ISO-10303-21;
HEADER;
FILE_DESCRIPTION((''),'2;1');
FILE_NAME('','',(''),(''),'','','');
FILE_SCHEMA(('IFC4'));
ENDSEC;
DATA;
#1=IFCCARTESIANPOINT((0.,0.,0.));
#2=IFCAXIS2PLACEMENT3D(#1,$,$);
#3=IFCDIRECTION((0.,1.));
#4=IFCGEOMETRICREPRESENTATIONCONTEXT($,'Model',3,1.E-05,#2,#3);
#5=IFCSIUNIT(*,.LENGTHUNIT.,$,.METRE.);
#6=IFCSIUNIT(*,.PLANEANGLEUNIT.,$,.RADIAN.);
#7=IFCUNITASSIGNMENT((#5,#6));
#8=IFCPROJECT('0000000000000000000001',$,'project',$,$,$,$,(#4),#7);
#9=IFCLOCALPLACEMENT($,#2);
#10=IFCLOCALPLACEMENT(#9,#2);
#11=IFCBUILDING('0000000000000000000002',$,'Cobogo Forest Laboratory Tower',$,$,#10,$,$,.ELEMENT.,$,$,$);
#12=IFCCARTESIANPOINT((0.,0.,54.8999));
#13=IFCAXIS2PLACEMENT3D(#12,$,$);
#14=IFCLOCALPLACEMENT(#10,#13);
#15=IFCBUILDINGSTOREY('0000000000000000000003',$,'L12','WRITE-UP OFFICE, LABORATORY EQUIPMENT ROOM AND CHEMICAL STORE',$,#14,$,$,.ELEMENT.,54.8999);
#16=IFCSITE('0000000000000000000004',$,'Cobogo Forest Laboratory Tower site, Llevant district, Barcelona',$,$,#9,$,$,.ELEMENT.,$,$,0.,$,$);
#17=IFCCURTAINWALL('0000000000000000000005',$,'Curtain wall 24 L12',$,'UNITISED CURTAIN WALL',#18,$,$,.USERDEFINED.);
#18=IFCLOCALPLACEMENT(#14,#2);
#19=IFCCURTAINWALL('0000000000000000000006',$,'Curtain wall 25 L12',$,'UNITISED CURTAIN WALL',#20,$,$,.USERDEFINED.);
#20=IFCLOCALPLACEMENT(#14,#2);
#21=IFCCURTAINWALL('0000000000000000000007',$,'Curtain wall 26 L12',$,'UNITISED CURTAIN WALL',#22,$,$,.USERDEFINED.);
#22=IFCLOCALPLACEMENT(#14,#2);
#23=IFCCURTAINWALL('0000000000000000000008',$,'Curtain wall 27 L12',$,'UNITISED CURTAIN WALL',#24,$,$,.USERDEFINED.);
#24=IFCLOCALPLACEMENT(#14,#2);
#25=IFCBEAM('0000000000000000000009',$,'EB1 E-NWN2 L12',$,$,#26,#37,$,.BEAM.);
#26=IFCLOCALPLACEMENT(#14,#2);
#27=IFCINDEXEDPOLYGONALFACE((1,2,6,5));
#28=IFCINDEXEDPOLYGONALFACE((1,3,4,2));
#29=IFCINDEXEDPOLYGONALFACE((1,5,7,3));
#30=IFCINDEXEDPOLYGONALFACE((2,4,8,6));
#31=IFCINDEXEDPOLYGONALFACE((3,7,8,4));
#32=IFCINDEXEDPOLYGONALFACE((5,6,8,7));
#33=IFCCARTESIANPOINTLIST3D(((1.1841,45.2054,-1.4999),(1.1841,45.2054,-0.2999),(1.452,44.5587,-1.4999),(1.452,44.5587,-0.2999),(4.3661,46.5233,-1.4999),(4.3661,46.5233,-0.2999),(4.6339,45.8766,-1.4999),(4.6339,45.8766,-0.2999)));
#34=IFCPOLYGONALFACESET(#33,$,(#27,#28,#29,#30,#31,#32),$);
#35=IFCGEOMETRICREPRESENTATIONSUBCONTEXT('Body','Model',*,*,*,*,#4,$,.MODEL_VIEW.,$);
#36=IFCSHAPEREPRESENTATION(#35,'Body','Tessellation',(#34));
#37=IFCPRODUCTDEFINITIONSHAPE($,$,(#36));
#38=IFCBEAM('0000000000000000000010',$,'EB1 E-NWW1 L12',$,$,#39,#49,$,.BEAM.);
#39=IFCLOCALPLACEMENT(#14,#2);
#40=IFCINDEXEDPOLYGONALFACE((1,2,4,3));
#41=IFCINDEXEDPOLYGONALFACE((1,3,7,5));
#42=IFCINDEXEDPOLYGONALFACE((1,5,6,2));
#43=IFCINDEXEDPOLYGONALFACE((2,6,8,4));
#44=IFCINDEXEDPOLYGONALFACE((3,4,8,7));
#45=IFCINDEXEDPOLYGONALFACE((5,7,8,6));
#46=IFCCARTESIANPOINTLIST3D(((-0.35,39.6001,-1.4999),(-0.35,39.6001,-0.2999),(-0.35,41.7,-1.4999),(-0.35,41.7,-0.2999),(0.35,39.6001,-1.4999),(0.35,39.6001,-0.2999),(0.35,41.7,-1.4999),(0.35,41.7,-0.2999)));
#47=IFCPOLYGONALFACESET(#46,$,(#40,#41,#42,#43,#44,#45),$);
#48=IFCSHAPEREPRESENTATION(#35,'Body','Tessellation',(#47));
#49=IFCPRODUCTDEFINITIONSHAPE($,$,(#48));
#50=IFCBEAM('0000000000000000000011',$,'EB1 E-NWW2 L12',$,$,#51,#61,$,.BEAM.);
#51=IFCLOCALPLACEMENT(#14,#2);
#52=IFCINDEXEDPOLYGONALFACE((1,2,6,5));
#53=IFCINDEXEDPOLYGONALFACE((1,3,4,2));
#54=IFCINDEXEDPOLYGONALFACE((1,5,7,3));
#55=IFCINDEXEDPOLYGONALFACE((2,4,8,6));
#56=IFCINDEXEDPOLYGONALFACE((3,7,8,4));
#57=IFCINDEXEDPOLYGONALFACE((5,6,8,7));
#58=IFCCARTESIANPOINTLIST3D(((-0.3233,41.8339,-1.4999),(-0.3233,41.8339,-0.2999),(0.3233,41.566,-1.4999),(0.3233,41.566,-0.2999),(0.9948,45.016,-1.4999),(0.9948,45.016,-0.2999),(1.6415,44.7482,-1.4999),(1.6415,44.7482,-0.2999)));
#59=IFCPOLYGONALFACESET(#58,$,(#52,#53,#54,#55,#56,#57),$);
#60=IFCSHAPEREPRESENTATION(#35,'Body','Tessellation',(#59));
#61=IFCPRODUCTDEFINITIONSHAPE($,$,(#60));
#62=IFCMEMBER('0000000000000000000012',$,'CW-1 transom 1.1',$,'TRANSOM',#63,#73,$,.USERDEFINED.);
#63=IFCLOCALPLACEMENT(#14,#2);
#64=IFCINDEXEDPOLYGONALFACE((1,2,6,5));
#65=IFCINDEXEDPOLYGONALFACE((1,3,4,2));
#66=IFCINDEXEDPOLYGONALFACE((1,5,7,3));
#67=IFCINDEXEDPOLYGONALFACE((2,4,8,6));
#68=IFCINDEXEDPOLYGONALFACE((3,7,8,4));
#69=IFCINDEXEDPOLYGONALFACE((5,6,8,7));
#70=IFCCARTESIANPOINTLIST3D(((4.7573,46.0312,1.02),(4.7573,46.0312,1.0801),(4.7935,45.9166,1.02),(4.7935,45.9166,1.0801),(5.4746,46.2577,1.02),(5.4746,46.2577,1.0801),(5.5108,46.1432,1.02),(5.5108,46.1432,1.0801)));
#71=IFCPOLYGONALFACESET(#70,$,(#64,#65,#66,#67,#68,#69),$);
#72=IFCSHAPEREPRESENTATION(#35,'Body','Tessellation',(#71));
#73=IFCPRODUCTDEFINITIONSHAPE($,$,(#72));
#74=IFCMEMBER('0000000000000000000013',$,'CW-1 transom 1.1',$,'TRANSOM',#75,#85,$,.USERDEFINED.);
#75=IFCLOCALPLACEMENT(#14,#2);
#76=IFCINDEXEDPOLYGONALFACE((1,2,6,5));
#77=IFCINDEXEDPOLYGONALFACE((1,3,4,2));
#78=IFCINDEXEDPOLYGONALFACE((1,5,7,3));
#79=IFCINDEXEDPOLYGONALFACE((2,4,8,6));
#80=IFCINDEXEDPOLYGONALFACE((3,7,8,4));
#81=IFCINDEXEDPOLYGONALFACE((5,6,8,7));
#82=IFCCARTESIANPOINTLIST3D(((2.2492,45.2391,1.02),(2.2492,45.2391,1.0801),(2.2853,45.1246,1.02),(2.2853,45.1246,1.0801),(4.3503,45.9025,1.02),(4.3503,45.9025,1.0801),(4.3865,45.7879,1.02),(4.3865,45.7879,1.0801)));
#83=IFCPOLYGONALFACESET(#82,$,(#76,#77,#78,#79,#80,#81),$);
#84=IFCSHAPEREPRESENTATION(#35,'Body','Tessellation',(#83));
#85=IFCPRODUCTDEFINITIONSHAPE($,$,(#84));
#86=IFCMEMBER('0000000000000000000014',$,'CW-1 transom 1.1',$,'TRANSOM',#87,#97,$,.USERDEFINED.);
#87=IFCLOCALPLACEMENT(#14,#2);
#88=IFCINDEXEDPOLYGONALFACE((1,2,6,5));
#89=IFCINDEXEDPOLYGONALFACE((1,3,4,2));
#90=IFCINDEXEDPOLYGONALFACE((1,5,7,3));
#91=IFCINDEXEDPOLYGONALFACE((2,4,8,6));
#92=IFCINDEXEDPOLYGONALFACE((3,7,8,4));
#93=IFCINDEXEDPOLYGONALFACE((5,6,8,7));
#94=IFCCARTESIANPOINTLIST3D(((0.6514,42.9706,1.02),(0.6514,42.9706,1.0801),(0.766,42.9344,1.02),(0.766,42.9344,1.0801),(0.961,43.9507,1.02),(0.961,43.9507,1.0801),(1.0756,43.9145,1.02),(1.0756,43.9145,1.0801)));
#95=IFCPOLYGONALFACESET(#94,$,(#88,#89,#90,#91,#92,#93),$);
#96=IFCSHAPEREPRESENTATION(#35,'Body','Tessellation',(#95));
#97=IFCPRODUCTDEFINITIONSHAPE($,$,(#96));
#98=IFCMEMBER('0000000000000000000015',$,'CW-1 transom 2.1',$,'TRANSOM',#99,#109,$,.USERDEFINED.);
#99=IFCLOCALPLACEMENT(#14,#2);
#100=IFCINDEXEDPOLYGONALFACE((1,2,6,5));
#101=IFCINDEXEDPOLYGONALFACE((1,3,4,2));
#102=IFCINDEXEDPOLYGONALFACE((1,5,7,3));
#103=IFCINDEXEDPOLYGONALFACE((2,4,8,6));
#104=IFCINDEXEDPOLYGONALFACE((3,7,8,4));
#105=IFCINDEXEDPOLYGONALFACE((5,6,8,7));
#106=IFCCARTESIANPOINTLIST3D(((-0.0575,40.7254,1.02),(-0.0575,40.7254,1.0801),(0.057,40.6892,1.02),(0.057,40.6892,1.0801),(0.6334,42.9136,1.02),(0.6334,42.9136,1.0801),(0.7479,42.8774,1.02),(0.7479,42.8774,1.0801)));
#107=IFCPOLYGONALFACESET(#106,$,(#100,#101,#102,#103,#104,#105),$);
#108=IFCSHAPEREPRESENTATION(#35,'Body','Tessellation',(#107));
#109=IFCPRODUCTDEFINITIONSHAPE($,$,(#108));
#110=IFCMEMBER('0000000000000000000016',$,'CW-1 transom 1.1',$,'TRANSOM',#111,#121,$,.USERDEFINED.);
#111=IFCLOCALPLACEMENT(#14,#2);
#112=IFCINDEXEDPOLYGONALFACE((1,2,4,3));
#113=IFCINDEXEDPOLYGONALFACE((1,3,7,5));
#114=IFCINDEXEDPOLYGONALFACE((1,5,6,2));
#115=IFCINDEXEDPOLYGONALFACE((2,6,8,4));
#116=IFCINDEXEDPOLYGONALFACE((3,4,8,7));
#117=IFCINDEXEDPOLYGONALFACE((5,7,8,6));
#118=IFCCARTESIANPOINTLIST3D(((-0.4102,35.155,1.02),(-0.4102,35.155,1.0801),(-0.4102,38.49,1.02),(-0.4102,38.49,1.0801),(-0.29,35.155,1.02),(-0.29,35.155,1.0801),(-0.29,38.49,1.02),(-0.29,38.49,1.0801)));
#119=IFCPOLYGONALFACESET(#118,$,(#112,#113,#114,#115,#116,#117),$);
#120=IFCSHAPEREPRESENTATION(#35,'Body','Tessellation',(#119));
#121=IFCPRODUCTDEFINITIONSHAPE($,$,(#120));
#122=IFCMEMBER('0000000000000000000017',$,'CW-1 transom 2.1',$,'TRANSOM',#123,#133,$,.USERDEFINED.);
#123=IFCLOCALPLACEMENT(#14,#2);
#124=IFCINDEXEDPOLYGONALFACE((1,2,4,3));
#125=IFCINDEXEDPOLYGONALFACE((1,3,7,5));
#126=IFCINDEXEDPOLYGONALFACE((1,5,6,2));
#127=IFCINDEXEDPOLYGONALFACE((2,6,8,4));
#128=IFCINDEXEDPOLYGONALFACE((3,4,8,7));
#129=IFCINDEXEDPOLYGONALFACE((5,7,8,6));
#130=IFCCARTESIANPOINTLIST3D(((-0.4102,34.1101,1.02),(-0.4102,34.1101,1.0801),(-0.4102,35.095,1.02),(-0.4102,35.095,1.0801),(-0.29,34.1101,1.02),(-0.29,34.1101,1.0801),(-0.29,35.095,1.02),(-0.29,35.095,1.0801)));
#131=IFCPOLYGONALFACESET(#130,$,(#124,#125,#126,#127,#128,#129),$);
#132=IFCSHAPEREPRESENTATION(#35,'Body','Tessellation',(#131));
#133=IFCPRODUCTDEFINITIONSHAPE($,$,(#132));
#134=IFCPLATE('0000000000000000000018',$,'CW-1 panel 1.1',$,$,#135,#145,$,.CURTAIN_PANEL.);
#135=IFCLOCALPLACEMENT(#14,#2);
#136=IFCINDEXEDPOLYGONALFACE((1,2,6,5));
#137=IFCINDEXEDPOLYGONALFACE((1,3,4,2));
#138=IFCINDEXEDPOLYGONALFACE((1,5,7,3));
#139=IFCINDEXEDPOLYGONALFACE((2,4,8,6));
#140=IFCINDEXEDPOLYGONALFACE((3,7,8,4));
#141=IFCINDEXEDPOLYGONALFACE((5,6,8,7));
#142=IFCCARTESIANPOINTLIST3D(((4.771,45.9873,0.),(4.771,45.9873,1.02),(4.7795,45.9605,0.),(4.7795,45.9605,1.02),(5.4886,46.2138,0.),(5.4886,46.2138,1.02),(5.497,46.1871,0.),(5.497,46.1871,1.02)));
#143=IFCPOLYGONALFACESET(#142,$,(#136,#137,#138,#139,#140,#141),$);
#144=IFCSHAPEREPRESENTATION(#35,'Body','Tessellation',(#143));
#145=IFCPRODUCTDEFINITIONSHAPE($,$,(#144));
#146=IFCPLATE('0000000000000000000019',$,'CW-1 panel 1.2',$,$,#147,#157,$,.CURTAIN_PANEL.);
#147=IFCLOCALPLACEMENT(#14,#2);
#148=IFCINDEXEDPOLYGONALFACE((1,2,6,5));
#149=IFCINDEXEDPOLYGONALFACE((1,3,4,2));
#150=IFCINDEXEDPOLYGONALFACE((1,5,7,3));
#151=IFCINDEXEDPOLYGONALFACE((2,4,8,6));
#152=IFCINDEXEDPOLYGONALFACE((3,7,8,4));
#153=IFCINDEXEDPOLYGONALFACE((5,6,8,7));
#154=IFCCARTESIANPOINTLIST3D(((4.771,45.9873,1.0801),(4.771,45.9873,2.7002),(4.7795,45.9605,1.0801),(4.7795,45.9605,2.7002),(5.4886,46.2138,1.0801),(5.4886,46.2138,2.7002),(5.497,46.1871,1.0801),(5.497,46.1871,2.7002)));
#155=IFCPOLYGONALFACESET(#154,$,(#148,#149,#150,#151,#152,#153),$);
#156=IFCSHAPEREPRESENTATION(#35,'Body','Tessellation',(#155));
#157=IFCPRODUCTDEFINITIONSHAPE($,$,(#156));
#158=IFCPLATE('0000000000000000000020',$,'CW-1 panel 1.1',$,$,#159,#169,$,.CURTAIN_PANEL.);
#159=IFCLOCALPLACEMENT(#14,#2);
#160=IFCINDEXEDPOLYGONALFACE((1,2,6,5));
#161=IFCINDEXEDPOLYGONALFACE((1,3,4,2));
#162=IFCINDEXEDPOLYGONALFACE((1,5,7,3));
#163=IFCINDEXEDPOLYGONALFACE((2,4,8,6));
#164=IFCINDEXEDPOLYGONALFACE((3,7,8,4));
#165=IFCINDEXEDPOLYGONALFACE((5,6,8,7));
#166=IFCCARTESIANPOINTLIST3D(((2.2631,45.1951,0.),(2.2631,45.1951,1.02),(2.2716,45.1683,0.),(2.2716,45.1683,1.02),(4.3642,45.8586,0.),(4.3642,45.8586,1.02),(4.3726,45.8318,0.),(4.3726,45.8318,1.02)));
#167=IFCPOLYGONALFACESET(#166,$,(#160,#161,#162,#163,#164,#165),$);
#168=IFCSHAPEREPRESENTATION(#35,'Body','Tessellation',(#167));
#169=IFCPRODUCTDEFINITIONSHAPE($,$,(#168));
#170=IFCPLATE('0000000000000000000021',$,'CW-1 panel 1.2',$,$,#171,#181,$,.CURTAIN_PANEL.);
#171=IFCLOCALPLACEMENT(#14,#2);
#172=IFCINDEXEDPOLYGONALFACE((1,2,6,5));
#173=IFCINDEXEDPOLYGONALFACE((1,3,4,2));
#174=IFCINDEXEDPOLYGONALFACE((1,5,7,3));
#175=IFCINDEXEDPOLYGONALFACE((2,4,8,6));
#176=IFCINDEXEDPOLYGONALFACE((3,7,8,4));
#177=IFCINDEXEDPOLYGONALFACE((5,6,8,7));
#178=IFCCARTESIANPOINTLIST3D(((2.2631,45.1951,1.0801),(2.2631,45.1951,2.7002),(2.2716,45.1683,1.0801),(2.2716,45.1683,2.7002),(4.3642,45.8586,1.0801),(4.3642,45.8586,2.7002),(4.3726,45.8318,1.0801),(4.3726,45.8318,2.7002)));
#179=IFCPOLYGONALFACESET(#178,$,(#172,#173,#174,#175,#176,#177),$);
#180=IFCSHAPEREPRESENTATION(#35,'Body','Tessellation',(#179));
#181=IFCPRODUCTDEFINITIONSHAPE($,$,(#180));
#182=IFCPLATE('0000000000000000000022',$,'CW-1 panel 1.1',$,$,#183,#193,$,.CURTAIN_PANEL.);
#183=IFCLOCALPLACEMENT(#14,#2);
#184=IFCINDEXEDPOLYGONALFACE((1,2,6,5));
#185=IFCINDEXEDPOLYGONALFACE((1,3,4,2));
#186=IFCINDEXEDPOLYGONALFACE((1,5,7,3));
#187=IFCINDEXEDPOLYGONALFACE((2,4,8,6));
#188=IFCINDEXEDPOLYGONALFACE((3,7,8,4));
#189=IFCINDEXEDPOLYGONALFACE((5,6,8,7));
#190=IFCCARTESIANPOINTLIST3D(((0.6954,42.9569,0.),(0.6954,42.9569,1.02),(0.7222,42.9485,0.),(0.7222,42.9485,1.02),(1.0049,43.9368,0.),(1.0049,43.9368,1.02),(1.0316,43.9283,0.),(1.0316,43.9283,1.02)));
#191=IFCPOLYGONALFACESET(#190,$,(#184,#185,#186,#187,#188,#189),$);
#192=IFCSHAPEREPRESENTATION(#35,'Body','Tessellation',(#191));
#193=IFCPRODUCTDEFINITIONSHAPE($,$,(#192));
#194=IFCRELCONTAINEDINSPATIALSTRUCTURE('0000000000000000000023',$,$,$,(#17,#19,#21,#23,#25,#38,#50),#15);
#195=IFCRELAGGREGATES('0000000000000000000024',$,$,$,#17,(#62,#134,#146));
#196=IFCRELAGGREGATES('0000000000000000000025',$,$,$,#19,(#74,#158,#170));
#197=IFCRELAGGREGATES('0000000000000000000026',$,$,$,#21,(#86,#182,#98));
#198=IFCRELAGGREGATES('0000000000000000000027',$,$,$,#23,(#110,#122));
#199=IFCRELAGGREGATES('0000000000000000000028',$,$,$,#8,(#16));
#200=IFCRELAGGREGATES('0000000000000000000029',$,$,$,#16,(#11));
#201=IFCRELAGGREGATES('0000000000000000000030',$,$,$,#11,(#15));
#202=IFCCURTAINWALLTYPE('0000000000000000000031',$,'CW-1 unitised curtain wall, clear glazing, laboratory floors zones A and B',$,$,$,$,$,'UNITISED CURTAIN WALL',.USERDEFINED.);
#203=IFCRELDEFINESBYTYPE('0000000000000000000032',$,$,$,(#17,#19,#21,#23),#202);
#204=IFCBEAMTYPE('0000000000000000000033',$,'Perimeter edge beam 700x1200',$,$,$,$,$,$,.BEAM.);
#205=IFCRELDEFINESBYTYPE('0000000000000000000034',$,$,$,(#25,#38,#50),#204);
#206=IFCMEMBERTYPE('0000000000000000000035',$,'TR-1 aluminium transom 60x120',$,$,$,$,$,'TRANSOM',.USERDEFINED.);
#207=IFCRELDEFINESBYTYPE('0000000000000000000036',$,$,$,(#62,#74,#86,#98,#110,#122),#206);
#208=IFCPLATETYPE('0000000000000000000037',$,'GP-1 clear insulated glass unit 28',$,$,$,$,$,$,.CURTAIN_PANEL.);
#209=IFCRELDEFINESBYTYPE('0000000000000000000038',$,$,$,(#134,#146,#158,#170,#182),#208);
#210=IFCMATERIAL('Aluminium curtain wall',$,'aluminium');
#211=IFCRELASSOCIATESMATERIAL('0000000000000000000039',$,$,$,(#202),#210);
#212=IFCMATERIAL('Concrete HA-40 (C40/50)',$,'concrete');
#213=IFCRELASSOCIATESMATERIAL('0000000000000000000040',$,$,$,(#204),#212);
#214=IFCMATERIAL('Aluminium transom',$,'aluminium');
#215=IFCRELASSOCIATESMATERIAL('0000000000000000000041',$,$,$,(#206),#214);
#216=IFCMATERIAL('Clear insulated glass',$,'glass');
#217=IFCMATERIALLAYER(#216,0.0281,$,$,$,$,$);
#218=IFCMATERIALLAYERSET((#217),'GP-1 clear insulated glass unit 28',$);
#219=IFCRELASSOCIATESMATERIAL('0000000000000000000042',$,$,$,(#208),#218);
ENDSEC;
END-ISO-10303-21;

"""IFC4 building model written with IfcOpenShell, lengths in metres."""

from ifc_helpers import new_model, si_unit, direction, frame, origin, origin_2d, place, context, subcontext, project, spatial, rectangle, extrude, material, layer, layer_set, material_profile, profile_set, type_object, element, aggregate, save


model = new_model("IFC4")

# Units and contexts
model_context = context("Model", 3, precision=1e-05, world=origin(), true_north=direction((0.0, 1.0)))
body_context = subcontext(model_context, "Body", "Model", "MODEL_VIEW")
ifc_project = project(units=[si_unit("LENGTHUNIT", "METRE"), si_unit("PLANEANGLEUNIT", "RADIAN")], contexts=[model_context])

# Site, building, storey
site_placement = place(None, origin())
site = spatial("IfcSite", under=ifc_project, at=site_placement, Name="Cobogo Forest Laboratory Tower site, Llevant district, Barcelona", CompositionType="ELEMENT", RefElevation=0.0)
building_placement = place(site_placement, origin())
building = spatial("IfcBuilding", under=site, at=building_placement, Name="Cobogo Forest Laboratory Tower", CompositionType="ELEMENT")
storey_placement = place(building_placement, frame((0.0, 0.0, 54.8999)))
storey = spatial("IfcBuildingStorey", under=building, at=storey_placement, Name="L12", Description="WRITE-UP OFFICE, LABORATORY EQUIPMENT ROOM AND CHEMICAL STORE", CompositionType="ELEMENT", Elevation=54.8999)

# Curtain wall
ifc_material_1 = material(Name="Aluminium curtain wall", Category="aluminium")
curtain_wall_type = type_object("IfcCurtainWallType", Name="CW-1 unitised curtain wall, clear glazing, laboratory floors zones A and B", ElementType="UNITISED CURTAIN WALL", PredefinedType="USERDEFINED", material=ifc_material_1)
curtain_wall_1_placement = place(storey_placement, origin())
curtain_wall_1 = element("IfcCurtainWall", 1, at=curtain_wall_1_placement, inside=storey, type_object=curtain_wall_type, Name="Curtain wall 24 L12", ObjectType="UNITISED CURTAIN WALL", PredefinedType="USERDEFINED")

# Curtain walls
curtain_wall_2_placement = place(storey_placement, origin())
curtain_wall_2 = element("IfcCurtainWall", 2, at=curtain_wall_2_placement, inside=storey, type_object=curtain_wall_type, Name="Curtain wall 25 L12", ObjectType="UNITISED CURTAIN WALL", PredefinedType="USERDEFINED")
curtain_wall_3_placement = place(storey_placement, origin())
curtain_wall_3 = element("IfcCurtainWall", 3, at=curtain_wall_3_placement, inside=storey, type_object=curtain_wall_type, Name="Curtain wall 26 L12", ObjectType="UNITISED CURTAIN WALL", PredefinedType="USERDEFINED")
curtain_wall_4_placement = place(storey_placement, origin())
curtain_wall_4 = element("IfcCurtainWall", 4, at=curtain_wall_4_placement, inside=storey, type_object=curtain_wall_type, Name="Curtain wall 27 L12", ObjectType="UNITISED CURTAIN WALL", PredefinedType="USERDEFINED")

# Beams
ifc_material_2 = material(Name="Concrete HA-40 (C40/50)", Category="concrete")
ifc_material_profile_1 = material_profile(ifc_material_2, rectangle(XDim=0.7, YDim=1.2, at=origin_2d()), Name="RC 700x1200")
ifc_profile_set_1 = profile_set([ifc_material_profile_1], Name="Concrete HA-40 (C40/50)")
beam_type_1 = type_object("IfcBeamType", Name="Perimeter edge beam 700x1200", PredefinedType="BEAM", material=ifc_profile_set_1)
beam_1_placement = place(storey_placement, frame((4.5, 46.2, -0.8999), z_axis=(-0.923891, -0.382656, 0.0), x_axis=(0.382656, -0.923891, 0.0)))
element("IfcBeam", 5, at=beam_1_placement, inside=storey, type_object=beam_type_1, Name="EB1 E-NWN2 L12", PredefinedType="BEAM", context=body_context, shape_type="SweptSolid", body=[
    extrude(rectangle(XDim=0.7, YDim=1.2, at=origin_2d()), origin(), (0.0, 0.0, 1.0), 3.4441),
])
beam_2_placement = place(storey_placement, frame((0.0, 39.6001, -0.8999), z_axis=(0.0, 1.0, 0.0), x_axis=(-1.0, 0.0, 0.0)))
element("IfcBeam", 6, at=beam_2_placement, inside=storey, type_object=beam_type_1, Name="EB1 E-NWW1 L12", PredefinedType="BEAM", context=body_context, shape_type="SweptSolid", body=[
    extrude(rectangle(XDim=0.7, YDim=1.2, at=origin_2d()), origin(), (0.0, 0.0, 1.0), 2.0999),
])
beam_3_placement = place(storey_placement, frame((0.0, 41.7, -0.8999), z_axis=(0.382692, 0.923876, 0.0), x_axis=(-0.923876, 0.382692, 0.0)))
element("IfcBeam", 7, at=beam_3_placement, inside=storey, type_object=beam_type_1, Name="EB1 E-NWW2 L12", PredefinedType="BEAM", context=body_context, shape_type="SweptSolid", body=[
    extrude(rectangle(XDim=0.7, YDim=1.2, at=origin_2d()), origin(), (0.0, 0.0, 1.0), 3.4443),
])

# Members
ifc_material_3 = material(Name="Aluminium transom", Category="aluminium")
ifc_material_profile_2 = material_profile(ifc_material_3, rectangle(XDim=0.1201, YDim=0.0601, at=origin_2d()), Name="AL 60x120")
ifc_profile_set_2 = profile_set([ifc_material_profile_2], Name="Aluminium transom")
member_type_1 = type_object("IfcMemberType", Name="TR-1 aluminium transom 60x120", ElementType="TRANSOM", PredefinedType="USERDEFINED", material=ifc_profile_set_2)
member_1_placement = place(storey_placement, frame((5.4927, 46.2004, 1.05), z_axis=(-0.953563, -0.301194, 0.0), x_axis=(0.301194, -0.953563, 0.0)))
member_1 = element("IfcMember", 8, at=member_1_placement, type_object=member_type_1, Name="CW-1 transom 1.1", ObjectType="TRANSOM", PredefinedType="USERDEFINED", context=body_context, shape_type="SweptSolid", body=[
    extrude(rectangle(XDim=0.1201, YDim=0.0601, at=origin_2d()), origin(), (0.0, 0.0, 1.0), 0.7522),
])
member_2_placement = place(storey_placement, frame((4.3684, 45.8452, 1.05), z_axis=(-0.953604, -0.301062, 0.0), x_axis=(0.301062, -0.953604, 0.0)))
member_2 = element("IfcMember", 9, at=member_2_placement, type_object=member_type_1, Name="CW-1 transom 1.1", ObjectType="TRANSOM", PredefinedType="USERDEFINED", context=body_context, shape_type="SweptSolid", body=[
    extrude(rectangle(XDim=0.1201, YDim=0.0601, at=origin_2d()), origin(), (0.0, 0.0, 1.0), 2.2034),
])
member_3_placement = place(storey_placement, frame((1.0183, 43.9326, 1.05), z_axis=(-0.301222, -0.953554, 0.0), x_axis=(0.953554, -0.301222, 0.0)))
member_3 = element("IfcMember", 10, at=member_3_placement, type_object=member_type_1, Name="CW-1 transom 1.1", ObjectType="TRANSOM", PredefinedType="USERDEFINED", context=body_context, shape_type="SweptSolid", body=[
    extrude(rectangle(XDim=0.1201, YDim=0.0601, at=origin_2d()), origin(), (0.0, 0.0, 1.0), 1.0278),
])
member_4_placement = place(storey_placement, frame((0.6907, 42.8955, 1.05), z_axis=(-0.301091, -0.953596, 0.0), x_axis=(0.953596, -0.301091, 0.0)))
member_4 = element("IfcMember", 11, at=member_4_placement, type_object=member_type_1, Name="CW-1 transom 2.1", ObjectType="TRANSOM", PredefinedType="USERDEFINED", context=body_context, shape_type="SweptSolid", body=[
    extrude(rectangle(XDim=0.1201, YDim=0.0601, at=origin_2d()), origin(), (0.0, 0.0, 1.0), 2.2947),
])
member_5_placement = place(storey_placement, frame((-0.3501, 38.49, 1.05), z_axis=(0.0, -1.0, 0.0), x_axis=(1.0, 0.0, 0.0)))
member_5 = element("IfcMember", 12, at=member_5_placement, type_object=member_type_1, Name="CW-1 transom 1.1", ObjectType="TRANSOM", PredefinedType="USERDEFINED", context=body_context, shape_type="SweptSolid", body=[
    extrude(rectangle(XDim=0.1201, YDim=0.0601, at=origin_2d()), origin(), (0.0, 0.0, 1.0), 3.335),
])
member_6_placement = place(storey_placement, frame((-0.3501, 35.095, 1.05), z_axis=(0.0, -1.0, 0.0), x_axis=(1.0, 0.0, 0.0)))
member_6 = element("IfcMember", 13, at=member_6_placement, type_object=member_type_1, Name="CW-1 transom 2.1", ObjectType="TRANSOM", PredefinedType="USERDEFINED", context=body_context, shape_type="SweptSolid", body=[
    extrude(rectangle(XDim=0.1201, YDim=0.0601, at=origin_2d()), origin(), (0.0, 0.0, 1.0), 0.9849),
])

# Plates
ifc_material_4 = material(Name="Clear insulated glass", Category="glass")
ifc_layer_1 = layer(ifc_material_4, 0.0281)
ifc_layer_set_1 = layer_set([ifc_layer_1], Name="GP-1 clear insulated glass unit 28")
plate_type = type_object("IfcPlateType", Name="GP-1 clear insulated glass unit 28", PredefinedType="CURTAIN_PANEL", material=ifc_layer_set_1)
plate_1_placement = place(storey_placement, frame((5.134, 46.0872, 0.0), z_axis=(0.0, 0.0, 1.0), x_axis=(-0.953582, -0.301135, 0.0)))
plate_1 = element("IfcPlate", 14, at=plate_1_placement, type_object=plate_type, Name="CW-1 panel 1.1", PredefinedType="CURTAIN_PANEL", context=body_context, shape_type="SweptSolid", body=[
    extrude(rectangle(XDim=0.7524, YDim=0.0281, at=origin_2d()), origin(), (0.0, 0.0, 1.0), 1.02),
])
plate_2_placement = place(storey_placement, frame((5.134, 46.0872, 1.0801), z_axis=(0.0, 0.0, 1.0), x_axis=(-0.953582, -0.301135, 0.0)))
plate_2 = element("IfcPlate", 15, at=plate_2_placement, type_object=plate_type, Name="CW-1 panel 1.2", PredefinedType="CURTAIN_PANEL", context=body_context, shape_type="SweptSolid", body=[
    extrude(rectangle(XDim=0.7524, YDim=0.0281, at=origin_2d()), origin(), (0.0, 0.0, 1.0), 1.6201),
])
aggregate(curtain_wall_1, [member_1, plate_1, plate_2])
plate_3_placement = place(storey_placement, frame((3.3179, 45.5134, 0.0), z_axis=(0.0, 0.0, 1.0), x_axis=(-0.953581, -0.301135, 0.0)))
plate_3 = element("IfcPlate", 16, at=plate_3_placement, type_object=plate_type, Name="CW-1 panel 1.1", PredefinedType="CURTAIN_PANEL", context=body_context, shape_type="SweptSolid", body=[
    extrude(rectangle(XDim=2.2034, YDim=0.0281, at=origin_2d()), origin(), (0.0, 0.0, 1.0), 1.02),
])
plate_4_placement = place(storey_placement, frame((3.3179, 45.5134, 1.0801), z_axis=(0.0, 0.0, 1.0), x_axis=(-0.953581, -0.301135, 0.0)))
plate_4 = element("IfcPlate", 17, at=plate_4_placement, type_object=plate_type, Name="CW-1 panel 1.2", PredefinedType="CURTAIN_PANEL", context=body_context, shape_type="SweptSolid", body=[
    extrude(rectangle(XDim=2.2034, YDim=0.0281, at=origin_2d()), origin(), (0.0, 0.0, 1.0), 1.6201),
])
aggregate(curtain_wall_2, [member_2, plate_3, plate_4])
plate_5_placement = place(storey_placement, frame((0.8635, 43.4426, 0.0), z_axis=(0.0, 0.0, 1.0), x_axis=(-0.301135, -0.953581, 0.0)))
plate_5 = element("IfcPlate", 18, at=plate_5_placement, type_object=plate_type, Name="CW-1 panel 1.1", PredefinedType="CURTAIN_PANEL", context=body_context, shape_type="SweptSolid", body=[
    extrude(rectangle(XDim=1.0276, YDim=0.0281, at=origin_2d()), origin(), (0.0, 0.0, 1.0), 1.02),
])
aggregate(curtain_wall_3, [member_3, plate_5, member_4])
aggregate(curtain_wall_4, [member_5, member_6])

save(model, "model.ifc")
